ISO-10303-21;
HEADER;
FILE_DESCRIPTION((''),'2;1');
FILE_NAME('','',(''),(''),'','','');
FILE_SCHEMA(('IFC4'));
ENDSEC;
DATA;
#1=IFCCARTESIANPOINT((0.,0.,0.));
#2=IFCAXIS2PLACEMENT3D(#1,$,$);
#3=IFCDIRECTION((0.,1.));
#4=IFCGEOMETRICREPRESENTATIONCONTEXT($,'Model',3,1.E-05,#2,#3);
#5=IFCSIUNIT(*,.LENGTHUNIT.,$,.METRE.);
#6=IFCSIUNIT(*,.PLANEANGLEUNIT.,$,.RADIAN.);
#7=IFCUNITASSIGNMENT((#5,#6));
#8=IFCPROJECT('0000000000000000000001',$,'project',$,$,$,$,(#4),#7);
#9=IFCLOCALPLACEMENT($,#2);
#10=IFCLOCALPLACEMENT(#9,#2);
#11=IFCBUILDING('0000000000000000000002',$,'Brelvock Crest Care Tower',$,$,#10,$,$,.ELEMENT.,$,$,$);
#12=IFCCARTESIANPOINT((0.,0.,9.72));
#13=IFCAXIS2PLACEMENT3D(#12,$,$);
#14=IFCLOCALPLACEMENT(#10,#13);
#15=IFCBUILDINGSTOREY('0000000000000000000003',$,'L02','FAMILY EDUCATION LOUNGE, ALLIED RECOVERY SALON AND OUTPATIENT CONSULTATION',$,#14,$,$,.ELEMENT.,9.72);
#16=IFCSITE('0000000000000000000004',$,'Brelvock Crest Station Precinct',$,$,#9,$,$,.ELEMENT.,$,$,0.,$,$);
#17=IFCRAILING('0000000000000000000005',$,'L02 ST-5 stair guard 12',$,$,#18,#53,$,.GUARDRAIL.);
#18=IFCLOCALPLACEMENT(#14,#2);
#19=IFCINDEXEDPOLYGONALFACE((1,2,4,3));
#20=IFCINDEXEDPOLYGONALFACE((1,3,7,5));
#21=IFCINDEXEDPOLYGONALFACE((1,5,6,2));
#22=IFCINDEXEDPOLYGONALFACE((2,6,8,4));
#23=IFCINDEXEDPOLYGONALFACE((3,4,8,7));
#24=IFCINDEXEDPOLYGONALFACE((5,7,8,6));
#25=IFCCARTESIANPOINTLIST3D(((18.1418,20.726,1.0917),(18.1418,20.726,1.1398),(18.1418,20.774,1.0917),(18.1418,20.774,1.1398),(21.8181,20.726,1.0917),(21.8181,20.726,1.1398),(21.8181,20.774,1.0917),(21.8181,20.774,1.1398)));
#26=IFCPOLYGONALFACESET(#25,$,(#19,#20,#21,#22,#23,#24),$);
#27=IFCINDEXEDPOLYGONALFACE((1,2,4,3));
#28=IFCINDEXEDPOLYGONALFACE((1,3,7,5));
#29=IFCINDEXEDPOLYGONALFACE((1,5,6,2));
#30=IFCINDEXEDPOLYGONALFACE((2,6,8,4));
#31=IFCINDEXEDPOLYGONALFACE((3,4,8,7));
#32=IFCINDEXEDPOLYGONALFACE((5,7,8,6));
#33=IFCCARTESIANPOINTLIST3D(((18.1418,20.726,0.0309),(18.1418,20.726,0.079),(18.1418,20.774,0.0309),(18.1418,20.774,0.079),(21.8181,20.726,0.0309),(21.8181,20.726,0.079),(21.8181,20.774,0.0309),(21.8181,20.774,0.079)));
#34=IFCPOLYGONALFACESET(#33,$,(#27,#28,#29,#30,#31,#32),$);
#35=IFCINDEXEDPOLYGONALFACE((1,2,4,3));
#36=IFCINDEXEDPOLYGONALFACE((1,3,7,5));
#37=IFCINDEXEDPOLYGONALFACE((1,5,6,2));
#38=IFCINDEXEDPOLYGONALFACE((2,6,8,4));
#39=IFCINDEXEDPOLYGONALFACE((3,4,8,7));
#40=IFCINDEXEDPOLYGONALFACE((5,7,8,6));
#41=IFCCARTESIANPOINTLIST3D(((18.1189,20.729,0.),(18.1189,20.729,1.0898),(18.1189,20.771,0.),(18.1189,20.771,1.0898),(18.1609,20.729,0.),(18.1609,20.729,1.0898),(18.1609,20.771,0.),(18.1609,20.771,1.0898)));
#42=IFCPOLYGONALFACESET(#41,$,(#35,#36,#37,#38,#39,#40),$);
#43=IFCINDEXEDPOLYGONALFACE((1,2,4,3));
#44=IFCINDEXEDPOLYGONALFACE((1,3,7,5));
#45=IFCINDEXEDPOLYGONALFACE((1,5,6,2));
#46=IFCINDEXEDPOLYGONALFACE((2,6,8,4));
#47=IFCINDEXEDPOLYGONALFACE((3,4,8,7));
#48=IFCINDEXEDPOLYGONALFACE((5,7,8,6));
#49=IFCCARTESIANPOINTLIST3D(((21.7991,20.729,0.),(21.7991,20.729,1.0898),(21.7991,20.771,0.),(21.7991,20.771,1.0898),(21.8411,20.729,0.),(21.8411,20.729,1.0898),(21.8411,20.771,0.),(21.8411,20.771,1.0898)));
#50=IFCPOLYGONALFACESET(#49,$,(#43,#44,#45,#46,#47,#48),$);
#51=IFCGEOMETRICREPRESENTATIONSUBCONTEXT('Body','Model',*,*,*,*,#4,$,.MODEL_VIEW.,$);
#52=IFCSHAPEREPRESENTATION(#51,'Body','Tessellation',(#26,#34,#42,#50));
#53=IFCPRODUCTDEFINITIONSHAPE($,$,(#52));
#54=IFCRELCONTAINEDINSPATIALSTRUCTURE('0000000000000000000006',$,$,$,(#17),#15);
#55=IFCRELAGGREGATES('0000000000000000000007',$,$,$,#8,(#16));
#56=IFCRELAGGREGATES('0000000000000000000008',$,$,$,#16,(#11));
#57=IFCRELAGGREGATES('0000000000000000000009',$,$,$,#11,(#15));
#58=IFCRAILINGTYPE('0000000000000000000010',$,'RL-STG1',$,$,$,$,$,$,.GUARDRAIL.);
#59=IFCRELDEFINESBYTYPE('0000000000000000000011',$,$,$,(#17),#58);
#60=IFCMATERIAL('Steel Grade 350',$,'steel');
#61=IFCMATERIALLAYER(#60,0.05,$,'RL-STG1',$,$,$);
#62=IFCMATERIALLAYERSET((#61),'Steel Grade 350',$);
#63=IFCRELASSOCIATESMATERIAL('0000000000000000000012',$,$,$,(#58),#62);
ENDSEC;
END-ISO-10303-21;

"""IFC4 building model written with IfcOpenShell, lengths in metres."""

from ifc_helpers import new_model, si_unit, direction, frame, origin, origin_2d, place, context, subcontext, project, spatial, rectangle, extrude, material, layer, layer_set, type_object, element, save


model = new_model("IFC4")

# Units and contexts
model_context = context("Model", 3, precision=1e-05, world=origin(), true_north=direction((0.0, 1.0)))
body_context = subcontext(model_context, "Body", "Model", "MODEL_VIEW")
ifc_project = project(units=[si_unit("LENGTHUNIT", "METRE"), si_unit("PLANEANGLEUNIT", "RADIAN")], contexts=[model_context])

# Site, building, storey
site_placement = place(None, origin())
site = spatial("IfcSite", under=ifc_project, at=site_placement, Name="Brelvock Crest Station Precinct", CompositionType="ELEMENT", RefElevation=0.0)
building_placement = place(site_placement, origin())
building = spatial("IfcBuilding", under=site, at=building_placement, Name="Brelvock Crest Care Tower", CompositionType="ELEMENT")
storey_placement = place(building_placement, frame((0.0, 0.0, 9.72)))
storey = spatial("IfcBuildingStorey", under=building, at=storey_placement, Name="L02", Description="FAMILY EDUCATION LOUNGE, ALLIED RECOVERY SALON AND OUTPATIENT CONSULTATION", CompositionType="ELEMENT", Elevation=9.72)

# Shared definitions
ifc_material_1 = material(Name="Steel Grade 350", Category="steel")

# Railing
ifc_layer_1 = layer(ifc_material_1, 0.05, Name="RL-STG1")
ifc_layer_set_1 = layer_set([ifc_layer_1], Name="Steel Grade 350")
railing_type = type_object("IfcRailingType", Name="RL-STG1", PredefinedType="GUARDRAIL", material=ifc_layer_set_1)
railing_1_placement = place(storey_placement, frame((18.1399, 20.75, 0.0)))
element("IfcRailing", 1, at=railing_1_placement, inside=storey, type_object=railing_type, Name="L02 ST-5 stair guard 12", PredefinedType="GUARDRAIL", context=body_context, shape_type="SweptSolid", body=[
    extrude(rectangle(XDim=0.0481, YDim=0.0481, at=origin_2d()), frame((0.002, 0.0, 1.1157), z_axis=(1.0, 0.0, 0.0), x_axis=(0.0, 1.0, 0.0)), (0.0, 0.0, 1.0), 3.6763),
    extrude(rectangle(XDim=0.0481, YDim=0.0481, at=origin_2d()), frame((0.002, 0.0, 0.0549), z_axis=(1.0, 0.0, 0.0), x_axis=(0.0, 1.0, 0.0)), (0.0, 0.0, 1.0), 3.6763),
    extrude(rectangle(XDim=0.042, YDim=0.042, at=origin_2d()), origin(), (0.0, 0.0, 1.0), 1.0898),
    extrude(rectangle(XDim=0.042, YDim=0.042, at=origin_2d()), frame((3.6802, 0.0, 0.0)), (0.0, 0.0, 1.0), 1.0898),
])

save(model, "model.ifc")
